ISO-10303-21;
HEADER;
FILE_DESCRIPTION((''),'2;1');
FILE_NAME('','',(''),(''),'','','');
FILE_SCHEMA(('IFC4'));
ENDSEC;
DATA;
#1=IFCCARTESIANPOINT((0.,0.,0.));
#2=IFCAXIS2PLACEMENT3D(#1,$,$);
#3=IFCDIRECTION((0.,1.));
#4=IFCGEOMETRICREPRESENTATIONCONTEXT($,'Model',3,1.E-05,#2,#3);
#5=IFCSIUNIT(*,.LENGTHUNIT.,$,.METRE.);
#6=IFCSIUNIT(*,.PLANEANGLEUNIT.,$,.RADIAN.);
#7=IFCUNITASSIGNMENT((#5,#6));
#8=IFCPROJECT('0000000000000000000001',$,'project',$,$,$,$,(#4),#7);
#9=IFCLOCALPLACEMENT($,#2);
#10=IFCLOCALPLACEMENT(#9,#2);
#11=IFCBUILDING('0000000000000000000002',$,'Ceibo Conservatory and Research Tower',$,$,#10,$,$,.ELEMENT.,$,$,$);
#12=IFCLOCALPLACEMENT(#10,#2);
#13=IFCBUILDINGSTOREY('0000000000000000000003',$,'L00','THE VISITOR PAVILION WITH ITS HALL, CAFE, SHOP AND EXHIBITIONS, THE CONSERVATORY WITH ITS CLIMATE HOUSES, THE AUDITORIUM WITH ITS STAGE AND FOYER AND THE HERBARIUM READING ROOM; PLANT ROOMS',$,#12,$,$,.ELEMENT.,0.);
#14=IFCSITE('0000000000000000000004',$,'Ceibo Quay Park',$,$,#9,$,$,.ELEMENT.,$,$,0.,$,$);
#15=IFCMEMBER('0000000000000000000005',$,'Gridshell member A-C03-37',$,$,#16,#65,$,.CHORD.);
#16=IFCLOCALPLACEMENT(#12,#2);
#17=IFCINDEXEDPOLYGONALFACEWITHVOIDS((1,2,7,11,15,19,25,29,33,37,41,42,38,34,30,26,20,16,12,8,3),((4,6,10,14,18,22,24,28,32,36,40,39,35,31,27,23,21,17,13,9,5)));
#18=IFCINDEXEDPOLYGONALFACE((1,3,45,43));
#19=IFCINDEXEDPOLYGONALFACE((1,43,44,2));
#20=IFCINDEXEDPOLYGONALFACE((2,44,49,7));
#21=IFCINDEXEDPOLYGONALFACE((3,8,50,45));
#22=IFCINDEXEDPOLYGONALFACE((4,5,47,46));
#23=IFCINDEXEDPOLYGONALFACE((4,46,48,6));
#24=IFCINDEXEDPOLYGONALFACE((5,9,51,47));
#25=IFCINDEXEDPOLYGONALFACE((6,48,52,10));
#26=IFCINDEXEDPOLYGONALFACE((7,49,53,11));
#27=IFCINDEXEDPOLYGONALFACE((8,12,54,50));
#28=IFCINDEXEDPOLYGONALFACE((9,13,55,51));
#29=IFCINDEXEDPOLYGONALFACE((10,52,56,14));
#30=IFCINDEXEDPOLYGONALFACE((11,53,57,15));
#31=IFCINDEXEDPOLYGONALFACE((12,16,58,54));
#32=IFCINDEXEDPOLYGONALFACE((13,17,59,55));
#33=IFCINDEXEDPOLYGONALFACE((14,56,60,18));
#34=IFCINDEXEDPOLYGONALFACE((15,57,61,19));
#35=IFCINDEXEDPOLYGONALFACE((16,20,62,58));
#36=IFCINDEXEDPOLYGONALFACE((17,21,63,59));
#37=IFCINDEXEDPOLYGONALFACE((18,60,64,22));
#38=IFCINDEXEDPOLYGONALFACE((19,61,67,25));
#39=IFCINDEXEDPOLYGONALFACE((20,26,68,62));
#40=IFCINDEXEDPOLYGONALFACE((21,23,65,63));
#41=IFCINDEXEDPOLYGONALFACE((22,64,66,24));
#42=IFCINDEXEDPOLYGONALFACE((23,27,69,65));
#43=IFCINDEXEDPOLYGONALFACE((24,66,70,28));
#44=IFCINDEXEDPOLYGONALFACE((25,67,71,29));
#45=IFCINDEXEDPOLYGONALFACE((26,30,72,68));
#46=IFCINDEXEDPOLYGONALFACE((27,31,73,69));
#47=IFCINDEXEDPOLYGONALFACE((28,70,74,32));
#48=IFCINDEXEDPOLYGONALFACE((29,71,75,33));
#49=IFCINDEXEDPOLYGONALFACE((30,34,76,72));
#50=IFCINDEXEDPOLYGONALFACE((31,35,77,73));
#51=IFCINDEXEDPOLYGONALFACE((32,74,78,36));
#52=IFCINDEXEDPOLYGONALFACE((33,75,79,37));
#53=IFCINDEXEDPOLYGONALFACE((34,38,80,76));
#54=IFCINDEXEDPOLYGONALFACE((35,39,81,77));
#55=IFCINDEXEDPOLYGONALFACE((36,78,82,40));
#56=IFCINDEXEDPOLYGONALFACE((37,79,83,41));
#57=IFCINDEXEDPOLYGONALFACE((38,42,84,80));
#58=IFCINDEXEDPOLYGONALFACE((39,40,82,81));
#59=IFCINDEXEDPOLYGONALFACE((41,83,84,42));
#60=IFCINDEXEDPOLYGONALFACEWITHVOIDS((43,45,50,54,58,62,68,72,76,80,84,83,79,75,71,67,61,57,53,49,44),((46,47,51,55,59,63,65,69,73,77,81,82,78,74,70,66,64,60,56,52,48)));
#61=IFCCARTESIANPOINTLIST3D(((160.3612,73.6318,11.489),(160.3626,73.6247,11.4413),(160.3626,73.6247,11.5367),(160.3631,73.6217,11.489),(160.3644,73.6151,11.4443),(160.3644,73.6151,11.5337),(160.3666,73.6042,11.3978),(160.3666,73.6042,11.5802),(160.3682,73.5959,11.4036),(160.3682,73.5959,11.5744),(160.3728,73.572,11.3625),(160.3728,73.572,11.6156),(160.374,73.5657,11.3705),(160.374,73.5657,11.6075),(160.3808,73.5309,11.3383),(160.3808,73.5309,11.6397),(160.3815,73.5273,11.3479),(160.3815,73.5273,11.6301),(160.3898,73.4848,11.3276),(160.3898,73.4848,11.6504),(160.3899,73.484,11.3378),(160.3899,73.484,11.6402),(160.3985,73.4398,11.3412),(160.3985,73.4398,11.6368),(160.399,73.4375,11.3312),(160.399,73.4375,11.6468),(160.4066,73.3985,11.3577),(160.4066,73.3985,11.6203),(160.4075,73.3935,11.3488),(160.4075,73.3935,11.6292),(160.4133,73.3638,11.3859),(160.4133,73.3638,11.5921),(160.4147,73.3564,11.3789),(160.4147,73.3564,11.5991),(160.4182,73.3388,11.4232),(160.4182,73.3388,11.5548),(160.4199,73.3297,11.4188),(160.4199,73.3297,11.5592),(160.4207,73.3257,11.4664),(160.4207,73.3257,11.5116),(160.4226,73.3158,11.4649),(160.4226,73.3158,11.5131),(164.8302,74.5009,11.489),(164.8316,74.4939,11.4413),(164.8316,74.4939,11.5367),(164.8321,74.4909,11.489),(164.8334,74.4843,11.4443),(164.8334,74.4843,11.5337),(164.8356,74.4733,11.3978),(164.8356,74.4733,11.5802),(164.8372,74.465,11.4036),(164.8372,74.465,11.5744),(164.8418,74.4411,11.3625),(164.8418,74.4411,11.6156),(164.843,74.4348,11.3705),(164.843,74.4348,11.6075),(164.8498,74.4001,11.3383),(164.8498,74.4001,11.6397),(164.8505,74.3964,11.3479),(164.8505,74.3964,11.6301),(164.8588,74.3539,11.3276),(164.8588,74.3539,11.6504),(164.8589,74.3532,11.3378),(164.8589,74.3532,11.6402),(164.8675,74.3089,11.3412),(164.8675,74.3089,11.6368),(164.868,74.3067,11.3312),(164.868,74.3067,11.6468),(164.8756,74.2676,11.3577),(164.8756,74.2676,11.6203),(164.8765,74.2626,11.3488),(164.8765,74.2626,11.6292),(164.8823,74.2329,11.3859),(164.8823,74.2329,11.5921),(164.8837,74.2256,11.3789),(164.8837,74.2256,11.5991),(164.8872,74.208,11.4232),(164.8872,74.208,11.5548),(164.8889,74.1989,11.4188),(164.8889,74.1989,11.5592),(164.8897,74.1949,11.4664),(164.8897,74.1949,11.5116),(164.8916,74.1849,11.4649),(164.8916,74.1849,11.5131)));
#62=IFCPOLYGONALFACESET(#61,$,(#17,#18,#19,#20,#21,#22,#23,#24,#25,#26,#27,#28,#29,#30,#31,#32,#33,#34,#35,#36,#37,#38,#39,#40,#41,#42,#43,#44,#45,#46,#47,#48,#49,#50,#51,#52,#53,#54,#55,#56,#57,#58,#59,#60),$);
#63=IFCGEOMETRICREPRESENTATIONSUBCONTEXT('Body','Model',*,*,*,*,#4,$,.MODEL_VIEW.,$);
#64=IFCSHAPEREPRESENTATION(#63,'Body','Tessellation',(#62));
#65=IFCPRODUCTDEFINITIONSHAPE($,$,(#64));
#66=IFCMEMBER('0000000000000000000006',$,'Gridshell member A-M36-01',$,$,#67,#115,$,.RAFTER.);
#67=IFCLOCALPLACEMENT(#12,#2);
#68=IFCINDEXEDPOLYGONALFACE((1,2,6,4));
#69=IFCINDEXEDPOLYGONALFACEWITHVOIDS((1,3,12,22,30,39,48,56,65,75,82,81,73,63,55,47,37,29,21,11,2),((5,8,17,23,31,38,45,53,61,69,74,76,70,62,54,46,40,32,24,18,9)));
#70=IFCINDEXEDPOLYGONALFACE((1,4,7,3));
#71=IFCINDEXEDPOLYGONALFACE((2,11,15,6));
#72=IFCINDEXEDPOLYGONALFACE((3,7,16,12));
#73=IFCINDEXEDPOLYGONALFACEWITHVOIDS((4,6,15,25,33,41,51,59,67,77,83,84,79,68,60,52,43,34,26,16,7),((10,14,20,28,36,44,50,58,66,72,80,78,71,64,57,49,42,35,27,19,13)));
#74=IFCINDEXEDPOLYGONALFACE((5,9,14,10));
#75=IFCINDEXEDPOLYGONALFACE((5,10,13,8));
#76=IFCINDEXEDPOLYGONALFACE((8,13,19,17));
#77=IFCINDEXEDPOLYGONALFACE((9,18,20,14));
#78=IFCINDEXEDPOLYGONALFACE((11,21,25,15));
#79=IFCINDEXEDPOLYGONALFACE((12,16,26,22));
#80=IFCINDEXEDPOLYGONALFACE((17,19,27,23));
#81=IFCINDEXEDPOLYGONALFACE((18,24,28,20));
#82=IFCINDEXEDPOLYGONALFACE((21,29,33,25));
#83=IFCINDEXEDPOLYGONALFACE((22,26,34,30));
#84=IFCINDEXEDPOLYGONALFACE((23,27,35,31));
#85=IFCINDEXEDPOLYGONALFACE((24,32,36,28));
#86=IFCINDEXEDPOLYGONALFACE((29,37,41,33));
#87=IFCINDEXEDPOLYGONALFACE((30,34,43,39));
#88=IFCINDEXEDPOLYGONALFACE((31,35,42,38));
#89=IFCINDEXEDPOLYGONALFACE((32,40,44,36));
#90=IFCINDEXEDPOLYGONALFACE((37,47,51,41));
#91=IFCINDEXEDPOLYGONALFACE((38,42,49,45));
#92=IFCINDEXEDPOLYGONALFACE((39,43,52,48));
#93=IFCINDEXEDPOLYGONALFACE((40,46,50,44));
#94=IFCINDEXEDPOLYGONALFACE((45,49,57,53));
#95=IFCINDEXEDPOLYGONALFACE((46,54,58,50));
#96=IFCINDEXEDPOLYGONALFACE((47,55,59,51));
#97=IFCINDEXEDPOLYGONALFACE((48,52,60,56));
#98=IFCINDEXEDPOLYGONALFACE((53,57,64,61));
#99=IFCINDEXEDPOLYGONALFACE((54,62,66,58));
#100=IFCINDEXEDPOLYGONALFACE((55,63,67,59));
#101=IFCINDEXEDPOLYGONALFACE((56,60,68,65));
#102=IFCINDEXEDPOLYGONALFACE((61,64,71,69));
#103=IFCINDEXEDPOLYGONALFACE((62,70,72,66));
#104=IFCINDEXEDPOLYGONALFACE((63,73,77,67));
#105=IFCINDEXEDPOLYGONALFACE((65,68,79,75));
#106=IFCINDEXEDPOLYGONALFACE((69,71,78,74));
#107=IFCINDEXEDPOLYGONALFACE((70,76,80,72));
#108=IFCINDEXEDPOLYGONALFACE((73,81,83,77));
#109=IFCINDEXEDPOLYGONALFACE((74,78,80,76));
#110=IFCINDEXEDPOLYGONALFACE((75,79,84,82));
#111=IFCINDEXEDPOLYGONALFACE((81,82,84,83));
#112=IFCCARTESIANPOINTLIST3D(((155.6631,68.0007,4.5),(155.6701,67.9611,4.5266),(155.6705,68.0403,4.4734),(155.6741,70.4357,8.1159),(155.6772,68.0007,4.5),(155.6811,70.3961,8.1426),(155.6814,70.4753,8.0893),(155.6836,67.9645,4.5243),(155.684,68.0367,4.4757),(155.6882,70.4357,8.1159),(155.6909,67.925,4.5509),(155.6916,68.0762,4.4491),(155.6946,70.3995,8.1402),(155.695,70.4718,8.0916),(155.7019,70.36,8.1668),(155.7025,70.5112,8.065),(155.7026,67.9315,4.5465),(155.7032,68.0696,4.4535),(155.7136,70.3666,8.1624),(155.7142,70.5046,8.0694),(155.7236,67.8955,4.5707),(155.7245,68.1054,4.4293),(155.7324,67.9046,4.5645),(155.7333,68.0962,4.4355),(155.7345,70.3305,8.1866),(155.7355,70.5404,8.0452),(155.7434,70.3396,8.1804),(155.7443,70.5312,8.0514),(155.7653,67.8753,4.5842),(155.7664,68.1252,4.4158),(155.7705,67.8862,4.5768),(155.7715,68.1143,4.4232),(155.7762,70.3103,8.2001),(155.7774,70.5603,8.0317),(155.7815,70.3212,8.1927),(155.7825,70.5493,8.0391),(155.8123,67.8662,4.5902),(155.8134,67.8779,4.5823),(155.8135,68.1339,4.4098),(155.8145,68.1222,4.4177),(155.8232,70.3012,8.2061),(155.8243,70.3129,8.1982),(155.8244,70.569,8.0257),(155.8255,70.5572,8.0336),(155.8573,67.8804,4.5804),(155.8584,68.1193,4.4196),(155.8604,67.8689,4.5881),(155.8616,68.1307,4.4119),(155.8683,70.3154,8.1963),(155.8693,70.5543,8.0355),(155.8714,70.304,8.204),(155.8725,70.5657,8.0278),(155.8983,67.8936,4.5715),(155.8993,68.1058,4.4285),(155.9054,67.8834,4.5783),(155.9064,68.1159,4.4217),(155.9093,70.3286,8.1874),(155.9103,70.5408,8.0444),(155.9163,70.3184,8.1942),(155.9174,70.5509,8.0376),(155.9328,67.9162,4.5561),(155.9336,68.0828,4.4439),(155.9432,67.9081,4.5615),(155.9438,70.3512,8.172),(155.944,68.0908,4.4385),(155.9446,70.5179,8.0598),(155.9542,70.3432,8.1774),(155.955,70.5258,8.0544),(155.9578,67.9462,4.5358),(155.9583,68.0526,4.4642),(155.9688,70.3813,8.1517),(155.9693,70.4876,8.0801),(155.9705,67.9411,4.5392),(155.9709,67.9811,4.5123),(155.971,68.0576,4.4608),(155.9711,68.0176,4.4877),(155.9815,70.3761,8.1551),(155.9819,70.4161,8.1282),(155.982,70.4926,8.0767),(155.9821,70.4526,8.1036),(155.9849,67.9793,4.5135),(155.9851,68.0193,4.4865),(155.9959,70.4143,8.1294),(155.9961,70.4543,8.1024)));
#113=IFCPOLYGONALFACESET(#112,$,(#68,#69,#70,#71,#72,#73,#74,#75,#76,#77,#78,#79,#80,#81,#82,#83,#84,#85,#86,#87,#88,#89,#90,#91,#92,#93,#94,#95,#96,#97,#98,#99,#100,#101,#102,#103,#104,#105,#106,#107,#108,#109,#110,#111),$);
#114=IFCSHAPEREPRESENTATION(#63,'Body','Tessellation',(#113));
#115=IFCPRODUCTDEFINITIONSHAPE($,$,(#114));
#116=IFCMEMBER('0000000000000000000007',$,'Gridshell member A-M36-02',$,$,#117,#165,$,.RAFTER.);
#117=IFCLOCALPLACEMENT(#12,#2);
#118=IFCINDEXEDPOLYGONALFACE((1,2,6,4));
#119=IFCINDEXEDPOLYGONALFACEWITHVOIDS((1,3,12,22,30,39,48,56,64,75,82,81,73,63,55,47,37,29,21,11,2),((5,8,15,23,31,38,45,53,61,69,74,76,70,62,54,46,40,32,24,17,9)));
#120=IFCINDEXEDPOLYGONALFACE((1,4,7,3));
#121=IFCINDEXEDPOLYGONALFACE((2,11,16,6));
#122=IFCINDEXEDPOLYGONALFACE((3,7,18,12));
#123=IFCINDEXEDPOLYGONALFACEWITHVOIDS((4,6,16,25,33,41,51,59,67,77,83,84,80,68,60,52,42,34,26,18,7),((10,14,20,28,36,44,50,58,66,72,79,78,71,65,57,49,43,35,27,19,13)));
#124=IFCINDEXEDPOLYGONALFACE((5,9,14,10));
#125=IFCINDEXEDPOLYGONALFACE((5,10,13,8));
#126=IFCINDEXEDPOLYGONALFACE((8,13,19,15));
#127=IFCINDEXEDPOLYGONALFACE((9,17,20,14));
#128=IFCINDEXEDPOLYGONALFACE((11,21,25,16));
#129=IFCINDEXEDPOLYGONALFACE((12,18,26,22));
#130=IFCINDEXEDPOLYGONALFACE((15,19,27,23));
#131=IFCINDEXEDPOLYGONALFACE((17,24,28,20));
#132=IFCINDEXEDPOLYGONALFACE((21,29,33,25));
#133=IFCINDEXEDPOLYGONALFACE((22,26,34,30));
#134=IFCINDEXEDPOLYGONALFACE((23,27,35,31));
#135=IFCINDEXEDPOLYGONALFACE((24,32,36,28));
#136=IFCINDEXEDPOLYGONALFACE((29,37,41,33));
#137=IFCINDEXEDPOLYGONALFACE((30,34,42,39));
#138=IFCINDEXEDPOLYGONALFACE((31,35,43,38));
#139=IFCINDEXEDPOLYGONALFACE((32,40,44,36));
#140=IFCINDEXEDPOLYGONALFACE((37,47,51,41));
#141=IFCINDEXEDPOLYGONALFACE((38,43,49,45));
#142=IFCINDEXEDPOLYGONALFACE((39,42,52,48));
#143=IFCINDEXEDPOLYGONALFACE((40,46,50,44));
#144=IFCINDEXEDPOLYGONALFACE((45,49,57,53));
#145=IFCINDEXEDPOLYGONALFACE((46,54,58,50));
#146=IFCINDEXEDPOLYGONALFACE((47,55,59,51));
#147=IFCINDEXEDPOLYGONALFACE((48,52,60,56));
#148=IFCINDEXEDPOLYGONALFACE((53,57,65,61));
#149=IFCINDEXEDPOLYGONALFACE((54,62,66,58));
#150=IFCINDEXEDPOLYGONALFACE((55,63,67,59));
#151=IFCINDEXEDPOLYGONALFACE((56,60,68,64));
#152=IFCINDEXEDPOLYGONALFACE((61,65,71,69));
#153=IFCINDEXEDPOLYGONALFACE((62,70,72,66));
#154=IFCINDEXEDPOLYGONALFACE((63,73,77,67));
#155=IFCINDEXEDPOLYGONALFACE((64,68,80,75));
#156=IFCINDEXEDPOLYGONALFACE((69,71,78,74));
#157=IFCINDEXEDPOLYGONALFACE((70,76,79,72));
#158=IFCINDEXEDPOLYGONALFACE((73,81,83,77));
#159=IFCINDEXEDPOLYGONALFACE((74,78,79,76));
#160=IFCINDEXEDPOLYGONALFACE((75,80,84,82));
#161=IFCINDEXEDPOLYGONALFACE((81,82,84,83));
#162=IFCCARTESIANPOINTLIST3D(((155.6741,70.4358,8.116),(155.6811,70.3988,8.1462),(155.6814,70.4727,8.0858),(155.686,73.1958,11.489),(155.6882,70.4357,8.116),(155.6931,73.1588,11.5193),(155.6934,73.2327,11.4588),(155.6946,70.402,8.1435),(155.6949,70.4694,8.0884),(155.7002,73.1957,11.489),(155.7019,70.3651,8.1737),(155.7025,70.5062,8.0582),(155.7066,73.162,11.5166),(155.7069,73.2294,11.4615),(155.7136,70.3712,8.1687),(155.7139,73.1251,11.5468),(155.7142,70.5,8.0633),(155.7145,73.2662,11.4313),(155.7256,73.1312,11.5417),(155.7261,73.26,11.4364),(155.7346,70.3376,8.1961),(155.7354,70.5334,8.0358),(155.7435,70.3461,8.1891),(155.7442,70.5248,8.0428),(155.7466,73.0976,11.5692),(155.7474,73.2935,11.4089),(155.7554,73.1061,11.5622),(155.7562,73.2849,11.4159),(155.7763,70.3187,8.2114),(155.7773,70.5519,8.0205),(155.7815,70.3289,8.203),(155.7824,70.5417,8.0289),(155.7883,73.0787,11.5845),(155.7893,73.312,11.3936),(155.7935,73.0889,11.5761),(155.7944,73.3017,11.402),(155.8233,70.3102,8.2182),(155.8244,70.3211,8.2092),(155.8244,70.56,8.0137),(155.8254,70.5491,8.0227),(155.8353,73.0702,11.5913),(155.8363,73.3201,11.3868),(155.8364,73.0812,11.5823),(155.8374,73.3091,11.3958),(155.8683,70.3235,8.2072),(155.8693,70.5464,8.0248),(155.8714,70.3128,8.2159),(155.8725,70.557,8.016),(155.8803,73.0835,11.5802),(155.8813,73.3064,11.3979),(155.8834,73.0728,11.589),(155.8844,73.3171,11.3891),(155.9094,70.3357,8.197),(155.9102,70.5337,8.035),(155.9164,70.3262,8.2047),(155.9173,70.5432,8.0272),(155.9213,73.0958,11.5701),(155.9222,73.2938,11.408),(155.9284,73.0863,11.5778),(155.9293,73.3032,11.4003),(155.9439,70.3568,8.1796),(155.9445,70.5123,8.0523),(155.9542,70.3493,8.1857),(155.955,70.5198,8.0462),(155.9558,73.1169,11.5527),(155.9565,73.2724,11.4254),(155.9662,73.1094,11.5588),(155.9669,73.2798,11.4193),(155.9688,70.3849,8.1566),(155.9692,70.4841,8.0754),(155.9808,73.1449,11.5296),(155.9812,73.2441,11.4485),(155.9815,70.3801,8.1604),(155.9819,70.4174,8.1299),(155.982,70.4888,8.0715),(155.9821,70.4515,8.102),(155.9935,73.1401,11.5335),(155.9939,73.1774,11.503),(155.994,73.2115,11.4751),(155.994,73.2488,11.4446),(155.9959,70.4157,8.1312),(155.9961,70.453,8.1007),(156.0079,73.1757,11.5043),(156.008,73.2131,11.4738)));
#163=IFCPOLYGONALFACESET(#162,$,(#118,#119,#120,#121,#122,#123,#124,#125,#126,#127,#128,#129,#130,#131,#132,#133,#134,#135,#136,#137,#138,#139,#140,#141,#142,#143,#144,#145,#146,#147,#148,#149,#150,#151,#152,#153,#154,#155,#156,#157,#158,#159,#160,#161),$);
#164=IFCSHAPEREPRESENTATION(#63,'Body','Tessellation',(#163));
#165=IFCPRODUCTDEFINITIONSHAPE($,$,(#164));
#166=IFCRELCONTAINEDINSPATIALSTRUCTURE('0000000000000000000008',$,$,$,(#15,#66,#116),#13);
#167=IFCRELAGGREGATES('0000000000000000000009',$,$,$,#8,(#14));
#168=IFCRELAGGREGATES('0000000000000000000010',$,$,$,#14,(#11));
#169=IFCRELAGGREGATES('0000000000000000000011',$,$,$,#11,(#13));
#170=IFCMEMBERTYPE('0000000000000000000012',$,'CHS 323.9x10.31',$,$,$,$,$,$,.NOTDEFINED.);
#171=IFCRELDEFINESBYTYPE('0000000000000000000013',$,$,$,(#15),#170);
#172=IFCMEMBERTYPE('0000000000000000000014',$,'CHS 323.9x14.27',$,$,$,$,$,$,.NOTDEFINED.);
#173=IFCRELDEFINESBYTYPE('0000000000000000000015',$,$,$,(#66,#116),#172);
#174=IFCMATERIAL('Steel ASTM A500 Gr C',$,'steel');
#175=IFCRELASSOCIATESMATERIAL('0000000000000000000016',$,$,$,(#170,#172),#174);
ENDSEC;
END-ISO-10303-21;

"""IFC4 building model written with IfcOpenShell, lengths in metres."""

from ifc_helpers import new_model, si_unit, direction, frame, origin, origin_2d, place, context, subcontext, project, spatial, hollow_circle, extrude, material, material_profile, profile_set, type_object, element, save


model = new_model("IFC4")

# Units and contexts
model_context = context("Model", 3, precision=1e-05, world=origin(), true_north=direction((0.0, 1.0)))
body_context = subcontext(model_context, "Body", "Model", "MODEL_VIEW")
ifc_project = project(units=[si_unit("LENGTHUNIT", "METRE"), si_unit("PLANEANGLEUNIT", "RADIAN")], contexts=[model_context])

# Site, building, storey
site_placement = place(None, origin())
site = spatial("IfcSite", under=ifc_project, at=site_placement, Name="Ceibo Quay Park", CompositionType="ELEMENT", RefElevation=0.0)
building_placement = place(site_placement, origin())
building = spatial("IfcBuilding", under=site, at=building_placement, Name="Ceibo Conservatory and Research Tower", CompositionType="ELEMENT")
storey_placement = place(building_placement, origin())
storey = spatial("IfcBuildingStorey", under=building, at=storey_placement, Name="L00", Description="THE VISITOR PAVILION WITH ITS HALL, CAFE, SHOP AND EXHIBITIONS, THE CONSERVATORY WITH ITS CLIMATE HOUSES, THE AUDITORIUM WITH ITS STAGE AND FOYER AND THE HERBARIUM READING ROOM; PLANT ROOMS", CompositionType="ELEMENT", Elevation=0.0)

# Members
ifc_material_1 = material(Name="Steel ASTM A500 Gr C", Category="steel")
ifc_material_profile_1 = material_profile(ifc_material_1, hollow_circle(Radius=0.1619, WallThickness=0.0103, at=origin_2d()), Name="CHS 323.9x10.31")
ifc_profile_set_1 = profile_set([ifc_material_profile_1], Name="Steel ASTM A500 Gr C")
member_type_1 = type_object("IfcMemberType", Name="CHS 323.9x10.31", PredefinedType="NOTDEFINED", material=ifc_profile_set_1)
for number, where, z_axis, x_axis, name in (
    (1, (160.3921, 73.4729, 11.489), (0.981608, 0.190906, 0.0), (-0.190906, 0.981608, 0.0), "Gridshell member A-C03-37"),
):
    element("IfcMember", number, at=place(storey_placement, frame(where, z_axis=z_axis, x_axis=x_axis)), inside=storey, type_object=member_type_1, Name=name, PredefinedType="CHORD", context=body_context, shape_type="SweptSolid", body=[
        extrude(hollow_circle(Radius=0.1619, WallThickness=0.0103, at=origin_2d()), origin(), (0.0, 0.0, 1.0), 4.5527),
    ])
ifc_material_profile_2 = material_profile(ifc_material_1, hollow_circle(Radius=0.1619, WallThickness=0.0142, at=origin_2d()), Name="CHS 323.9x14.27")
ifc_profile_set_2 = profile_set([ifc_material_profile_2], Name="Steel ASTM A500 Gr C")
member_type_2 = type_object("IfcMemberType", Name="CHS 323.9x14.27", PredefinedType="NOTDEFINED", material=ifc_profile_set_2)
member_1_placement = place(storey_placement, frame((155.825, 68.0, 4.5), z_axis=(0.00252, 0.55857, 0.829454), x_axis=(-0.99999, 0.004512, 0.0)))
element("IfcMember", 2, at=member_1_placement, inside=storey, type_object=member_type_2, Name="Gridshell member A-M36-01", PredefinedType="RAFTER", context=body_context, shape_type="SweptSolid", body=[
    extrude(hollow_circle(Radius=0.1619, WallThickness=0.0142, at=origin_2d()), origin(), (0.0, 0.0, 1.0), 4.3594),
])
member_2_placement = place(storey_placement, frame((155.8359, 70.4351, 8.116), z_axis=(0.002745, 0.633269, 0.773927), x_axis=(-0.999991, 0.004334, 0.0)))
element("IfcMember", 3, at=member_2_placement, inside=storey, type_object=member_type_2, Name="Gridshell member A-M36-02", PredefinedType="RAFTER", context=body_context, shape_type="SweptSolid", body=[
    extrude(hollow_circle(Radius=0.1619, WallThickness=0.0142, at=origin_2d()), origin(), (0.0, 0.0, 1.0), 4.3584),
])

save(model, "model.ifc")
